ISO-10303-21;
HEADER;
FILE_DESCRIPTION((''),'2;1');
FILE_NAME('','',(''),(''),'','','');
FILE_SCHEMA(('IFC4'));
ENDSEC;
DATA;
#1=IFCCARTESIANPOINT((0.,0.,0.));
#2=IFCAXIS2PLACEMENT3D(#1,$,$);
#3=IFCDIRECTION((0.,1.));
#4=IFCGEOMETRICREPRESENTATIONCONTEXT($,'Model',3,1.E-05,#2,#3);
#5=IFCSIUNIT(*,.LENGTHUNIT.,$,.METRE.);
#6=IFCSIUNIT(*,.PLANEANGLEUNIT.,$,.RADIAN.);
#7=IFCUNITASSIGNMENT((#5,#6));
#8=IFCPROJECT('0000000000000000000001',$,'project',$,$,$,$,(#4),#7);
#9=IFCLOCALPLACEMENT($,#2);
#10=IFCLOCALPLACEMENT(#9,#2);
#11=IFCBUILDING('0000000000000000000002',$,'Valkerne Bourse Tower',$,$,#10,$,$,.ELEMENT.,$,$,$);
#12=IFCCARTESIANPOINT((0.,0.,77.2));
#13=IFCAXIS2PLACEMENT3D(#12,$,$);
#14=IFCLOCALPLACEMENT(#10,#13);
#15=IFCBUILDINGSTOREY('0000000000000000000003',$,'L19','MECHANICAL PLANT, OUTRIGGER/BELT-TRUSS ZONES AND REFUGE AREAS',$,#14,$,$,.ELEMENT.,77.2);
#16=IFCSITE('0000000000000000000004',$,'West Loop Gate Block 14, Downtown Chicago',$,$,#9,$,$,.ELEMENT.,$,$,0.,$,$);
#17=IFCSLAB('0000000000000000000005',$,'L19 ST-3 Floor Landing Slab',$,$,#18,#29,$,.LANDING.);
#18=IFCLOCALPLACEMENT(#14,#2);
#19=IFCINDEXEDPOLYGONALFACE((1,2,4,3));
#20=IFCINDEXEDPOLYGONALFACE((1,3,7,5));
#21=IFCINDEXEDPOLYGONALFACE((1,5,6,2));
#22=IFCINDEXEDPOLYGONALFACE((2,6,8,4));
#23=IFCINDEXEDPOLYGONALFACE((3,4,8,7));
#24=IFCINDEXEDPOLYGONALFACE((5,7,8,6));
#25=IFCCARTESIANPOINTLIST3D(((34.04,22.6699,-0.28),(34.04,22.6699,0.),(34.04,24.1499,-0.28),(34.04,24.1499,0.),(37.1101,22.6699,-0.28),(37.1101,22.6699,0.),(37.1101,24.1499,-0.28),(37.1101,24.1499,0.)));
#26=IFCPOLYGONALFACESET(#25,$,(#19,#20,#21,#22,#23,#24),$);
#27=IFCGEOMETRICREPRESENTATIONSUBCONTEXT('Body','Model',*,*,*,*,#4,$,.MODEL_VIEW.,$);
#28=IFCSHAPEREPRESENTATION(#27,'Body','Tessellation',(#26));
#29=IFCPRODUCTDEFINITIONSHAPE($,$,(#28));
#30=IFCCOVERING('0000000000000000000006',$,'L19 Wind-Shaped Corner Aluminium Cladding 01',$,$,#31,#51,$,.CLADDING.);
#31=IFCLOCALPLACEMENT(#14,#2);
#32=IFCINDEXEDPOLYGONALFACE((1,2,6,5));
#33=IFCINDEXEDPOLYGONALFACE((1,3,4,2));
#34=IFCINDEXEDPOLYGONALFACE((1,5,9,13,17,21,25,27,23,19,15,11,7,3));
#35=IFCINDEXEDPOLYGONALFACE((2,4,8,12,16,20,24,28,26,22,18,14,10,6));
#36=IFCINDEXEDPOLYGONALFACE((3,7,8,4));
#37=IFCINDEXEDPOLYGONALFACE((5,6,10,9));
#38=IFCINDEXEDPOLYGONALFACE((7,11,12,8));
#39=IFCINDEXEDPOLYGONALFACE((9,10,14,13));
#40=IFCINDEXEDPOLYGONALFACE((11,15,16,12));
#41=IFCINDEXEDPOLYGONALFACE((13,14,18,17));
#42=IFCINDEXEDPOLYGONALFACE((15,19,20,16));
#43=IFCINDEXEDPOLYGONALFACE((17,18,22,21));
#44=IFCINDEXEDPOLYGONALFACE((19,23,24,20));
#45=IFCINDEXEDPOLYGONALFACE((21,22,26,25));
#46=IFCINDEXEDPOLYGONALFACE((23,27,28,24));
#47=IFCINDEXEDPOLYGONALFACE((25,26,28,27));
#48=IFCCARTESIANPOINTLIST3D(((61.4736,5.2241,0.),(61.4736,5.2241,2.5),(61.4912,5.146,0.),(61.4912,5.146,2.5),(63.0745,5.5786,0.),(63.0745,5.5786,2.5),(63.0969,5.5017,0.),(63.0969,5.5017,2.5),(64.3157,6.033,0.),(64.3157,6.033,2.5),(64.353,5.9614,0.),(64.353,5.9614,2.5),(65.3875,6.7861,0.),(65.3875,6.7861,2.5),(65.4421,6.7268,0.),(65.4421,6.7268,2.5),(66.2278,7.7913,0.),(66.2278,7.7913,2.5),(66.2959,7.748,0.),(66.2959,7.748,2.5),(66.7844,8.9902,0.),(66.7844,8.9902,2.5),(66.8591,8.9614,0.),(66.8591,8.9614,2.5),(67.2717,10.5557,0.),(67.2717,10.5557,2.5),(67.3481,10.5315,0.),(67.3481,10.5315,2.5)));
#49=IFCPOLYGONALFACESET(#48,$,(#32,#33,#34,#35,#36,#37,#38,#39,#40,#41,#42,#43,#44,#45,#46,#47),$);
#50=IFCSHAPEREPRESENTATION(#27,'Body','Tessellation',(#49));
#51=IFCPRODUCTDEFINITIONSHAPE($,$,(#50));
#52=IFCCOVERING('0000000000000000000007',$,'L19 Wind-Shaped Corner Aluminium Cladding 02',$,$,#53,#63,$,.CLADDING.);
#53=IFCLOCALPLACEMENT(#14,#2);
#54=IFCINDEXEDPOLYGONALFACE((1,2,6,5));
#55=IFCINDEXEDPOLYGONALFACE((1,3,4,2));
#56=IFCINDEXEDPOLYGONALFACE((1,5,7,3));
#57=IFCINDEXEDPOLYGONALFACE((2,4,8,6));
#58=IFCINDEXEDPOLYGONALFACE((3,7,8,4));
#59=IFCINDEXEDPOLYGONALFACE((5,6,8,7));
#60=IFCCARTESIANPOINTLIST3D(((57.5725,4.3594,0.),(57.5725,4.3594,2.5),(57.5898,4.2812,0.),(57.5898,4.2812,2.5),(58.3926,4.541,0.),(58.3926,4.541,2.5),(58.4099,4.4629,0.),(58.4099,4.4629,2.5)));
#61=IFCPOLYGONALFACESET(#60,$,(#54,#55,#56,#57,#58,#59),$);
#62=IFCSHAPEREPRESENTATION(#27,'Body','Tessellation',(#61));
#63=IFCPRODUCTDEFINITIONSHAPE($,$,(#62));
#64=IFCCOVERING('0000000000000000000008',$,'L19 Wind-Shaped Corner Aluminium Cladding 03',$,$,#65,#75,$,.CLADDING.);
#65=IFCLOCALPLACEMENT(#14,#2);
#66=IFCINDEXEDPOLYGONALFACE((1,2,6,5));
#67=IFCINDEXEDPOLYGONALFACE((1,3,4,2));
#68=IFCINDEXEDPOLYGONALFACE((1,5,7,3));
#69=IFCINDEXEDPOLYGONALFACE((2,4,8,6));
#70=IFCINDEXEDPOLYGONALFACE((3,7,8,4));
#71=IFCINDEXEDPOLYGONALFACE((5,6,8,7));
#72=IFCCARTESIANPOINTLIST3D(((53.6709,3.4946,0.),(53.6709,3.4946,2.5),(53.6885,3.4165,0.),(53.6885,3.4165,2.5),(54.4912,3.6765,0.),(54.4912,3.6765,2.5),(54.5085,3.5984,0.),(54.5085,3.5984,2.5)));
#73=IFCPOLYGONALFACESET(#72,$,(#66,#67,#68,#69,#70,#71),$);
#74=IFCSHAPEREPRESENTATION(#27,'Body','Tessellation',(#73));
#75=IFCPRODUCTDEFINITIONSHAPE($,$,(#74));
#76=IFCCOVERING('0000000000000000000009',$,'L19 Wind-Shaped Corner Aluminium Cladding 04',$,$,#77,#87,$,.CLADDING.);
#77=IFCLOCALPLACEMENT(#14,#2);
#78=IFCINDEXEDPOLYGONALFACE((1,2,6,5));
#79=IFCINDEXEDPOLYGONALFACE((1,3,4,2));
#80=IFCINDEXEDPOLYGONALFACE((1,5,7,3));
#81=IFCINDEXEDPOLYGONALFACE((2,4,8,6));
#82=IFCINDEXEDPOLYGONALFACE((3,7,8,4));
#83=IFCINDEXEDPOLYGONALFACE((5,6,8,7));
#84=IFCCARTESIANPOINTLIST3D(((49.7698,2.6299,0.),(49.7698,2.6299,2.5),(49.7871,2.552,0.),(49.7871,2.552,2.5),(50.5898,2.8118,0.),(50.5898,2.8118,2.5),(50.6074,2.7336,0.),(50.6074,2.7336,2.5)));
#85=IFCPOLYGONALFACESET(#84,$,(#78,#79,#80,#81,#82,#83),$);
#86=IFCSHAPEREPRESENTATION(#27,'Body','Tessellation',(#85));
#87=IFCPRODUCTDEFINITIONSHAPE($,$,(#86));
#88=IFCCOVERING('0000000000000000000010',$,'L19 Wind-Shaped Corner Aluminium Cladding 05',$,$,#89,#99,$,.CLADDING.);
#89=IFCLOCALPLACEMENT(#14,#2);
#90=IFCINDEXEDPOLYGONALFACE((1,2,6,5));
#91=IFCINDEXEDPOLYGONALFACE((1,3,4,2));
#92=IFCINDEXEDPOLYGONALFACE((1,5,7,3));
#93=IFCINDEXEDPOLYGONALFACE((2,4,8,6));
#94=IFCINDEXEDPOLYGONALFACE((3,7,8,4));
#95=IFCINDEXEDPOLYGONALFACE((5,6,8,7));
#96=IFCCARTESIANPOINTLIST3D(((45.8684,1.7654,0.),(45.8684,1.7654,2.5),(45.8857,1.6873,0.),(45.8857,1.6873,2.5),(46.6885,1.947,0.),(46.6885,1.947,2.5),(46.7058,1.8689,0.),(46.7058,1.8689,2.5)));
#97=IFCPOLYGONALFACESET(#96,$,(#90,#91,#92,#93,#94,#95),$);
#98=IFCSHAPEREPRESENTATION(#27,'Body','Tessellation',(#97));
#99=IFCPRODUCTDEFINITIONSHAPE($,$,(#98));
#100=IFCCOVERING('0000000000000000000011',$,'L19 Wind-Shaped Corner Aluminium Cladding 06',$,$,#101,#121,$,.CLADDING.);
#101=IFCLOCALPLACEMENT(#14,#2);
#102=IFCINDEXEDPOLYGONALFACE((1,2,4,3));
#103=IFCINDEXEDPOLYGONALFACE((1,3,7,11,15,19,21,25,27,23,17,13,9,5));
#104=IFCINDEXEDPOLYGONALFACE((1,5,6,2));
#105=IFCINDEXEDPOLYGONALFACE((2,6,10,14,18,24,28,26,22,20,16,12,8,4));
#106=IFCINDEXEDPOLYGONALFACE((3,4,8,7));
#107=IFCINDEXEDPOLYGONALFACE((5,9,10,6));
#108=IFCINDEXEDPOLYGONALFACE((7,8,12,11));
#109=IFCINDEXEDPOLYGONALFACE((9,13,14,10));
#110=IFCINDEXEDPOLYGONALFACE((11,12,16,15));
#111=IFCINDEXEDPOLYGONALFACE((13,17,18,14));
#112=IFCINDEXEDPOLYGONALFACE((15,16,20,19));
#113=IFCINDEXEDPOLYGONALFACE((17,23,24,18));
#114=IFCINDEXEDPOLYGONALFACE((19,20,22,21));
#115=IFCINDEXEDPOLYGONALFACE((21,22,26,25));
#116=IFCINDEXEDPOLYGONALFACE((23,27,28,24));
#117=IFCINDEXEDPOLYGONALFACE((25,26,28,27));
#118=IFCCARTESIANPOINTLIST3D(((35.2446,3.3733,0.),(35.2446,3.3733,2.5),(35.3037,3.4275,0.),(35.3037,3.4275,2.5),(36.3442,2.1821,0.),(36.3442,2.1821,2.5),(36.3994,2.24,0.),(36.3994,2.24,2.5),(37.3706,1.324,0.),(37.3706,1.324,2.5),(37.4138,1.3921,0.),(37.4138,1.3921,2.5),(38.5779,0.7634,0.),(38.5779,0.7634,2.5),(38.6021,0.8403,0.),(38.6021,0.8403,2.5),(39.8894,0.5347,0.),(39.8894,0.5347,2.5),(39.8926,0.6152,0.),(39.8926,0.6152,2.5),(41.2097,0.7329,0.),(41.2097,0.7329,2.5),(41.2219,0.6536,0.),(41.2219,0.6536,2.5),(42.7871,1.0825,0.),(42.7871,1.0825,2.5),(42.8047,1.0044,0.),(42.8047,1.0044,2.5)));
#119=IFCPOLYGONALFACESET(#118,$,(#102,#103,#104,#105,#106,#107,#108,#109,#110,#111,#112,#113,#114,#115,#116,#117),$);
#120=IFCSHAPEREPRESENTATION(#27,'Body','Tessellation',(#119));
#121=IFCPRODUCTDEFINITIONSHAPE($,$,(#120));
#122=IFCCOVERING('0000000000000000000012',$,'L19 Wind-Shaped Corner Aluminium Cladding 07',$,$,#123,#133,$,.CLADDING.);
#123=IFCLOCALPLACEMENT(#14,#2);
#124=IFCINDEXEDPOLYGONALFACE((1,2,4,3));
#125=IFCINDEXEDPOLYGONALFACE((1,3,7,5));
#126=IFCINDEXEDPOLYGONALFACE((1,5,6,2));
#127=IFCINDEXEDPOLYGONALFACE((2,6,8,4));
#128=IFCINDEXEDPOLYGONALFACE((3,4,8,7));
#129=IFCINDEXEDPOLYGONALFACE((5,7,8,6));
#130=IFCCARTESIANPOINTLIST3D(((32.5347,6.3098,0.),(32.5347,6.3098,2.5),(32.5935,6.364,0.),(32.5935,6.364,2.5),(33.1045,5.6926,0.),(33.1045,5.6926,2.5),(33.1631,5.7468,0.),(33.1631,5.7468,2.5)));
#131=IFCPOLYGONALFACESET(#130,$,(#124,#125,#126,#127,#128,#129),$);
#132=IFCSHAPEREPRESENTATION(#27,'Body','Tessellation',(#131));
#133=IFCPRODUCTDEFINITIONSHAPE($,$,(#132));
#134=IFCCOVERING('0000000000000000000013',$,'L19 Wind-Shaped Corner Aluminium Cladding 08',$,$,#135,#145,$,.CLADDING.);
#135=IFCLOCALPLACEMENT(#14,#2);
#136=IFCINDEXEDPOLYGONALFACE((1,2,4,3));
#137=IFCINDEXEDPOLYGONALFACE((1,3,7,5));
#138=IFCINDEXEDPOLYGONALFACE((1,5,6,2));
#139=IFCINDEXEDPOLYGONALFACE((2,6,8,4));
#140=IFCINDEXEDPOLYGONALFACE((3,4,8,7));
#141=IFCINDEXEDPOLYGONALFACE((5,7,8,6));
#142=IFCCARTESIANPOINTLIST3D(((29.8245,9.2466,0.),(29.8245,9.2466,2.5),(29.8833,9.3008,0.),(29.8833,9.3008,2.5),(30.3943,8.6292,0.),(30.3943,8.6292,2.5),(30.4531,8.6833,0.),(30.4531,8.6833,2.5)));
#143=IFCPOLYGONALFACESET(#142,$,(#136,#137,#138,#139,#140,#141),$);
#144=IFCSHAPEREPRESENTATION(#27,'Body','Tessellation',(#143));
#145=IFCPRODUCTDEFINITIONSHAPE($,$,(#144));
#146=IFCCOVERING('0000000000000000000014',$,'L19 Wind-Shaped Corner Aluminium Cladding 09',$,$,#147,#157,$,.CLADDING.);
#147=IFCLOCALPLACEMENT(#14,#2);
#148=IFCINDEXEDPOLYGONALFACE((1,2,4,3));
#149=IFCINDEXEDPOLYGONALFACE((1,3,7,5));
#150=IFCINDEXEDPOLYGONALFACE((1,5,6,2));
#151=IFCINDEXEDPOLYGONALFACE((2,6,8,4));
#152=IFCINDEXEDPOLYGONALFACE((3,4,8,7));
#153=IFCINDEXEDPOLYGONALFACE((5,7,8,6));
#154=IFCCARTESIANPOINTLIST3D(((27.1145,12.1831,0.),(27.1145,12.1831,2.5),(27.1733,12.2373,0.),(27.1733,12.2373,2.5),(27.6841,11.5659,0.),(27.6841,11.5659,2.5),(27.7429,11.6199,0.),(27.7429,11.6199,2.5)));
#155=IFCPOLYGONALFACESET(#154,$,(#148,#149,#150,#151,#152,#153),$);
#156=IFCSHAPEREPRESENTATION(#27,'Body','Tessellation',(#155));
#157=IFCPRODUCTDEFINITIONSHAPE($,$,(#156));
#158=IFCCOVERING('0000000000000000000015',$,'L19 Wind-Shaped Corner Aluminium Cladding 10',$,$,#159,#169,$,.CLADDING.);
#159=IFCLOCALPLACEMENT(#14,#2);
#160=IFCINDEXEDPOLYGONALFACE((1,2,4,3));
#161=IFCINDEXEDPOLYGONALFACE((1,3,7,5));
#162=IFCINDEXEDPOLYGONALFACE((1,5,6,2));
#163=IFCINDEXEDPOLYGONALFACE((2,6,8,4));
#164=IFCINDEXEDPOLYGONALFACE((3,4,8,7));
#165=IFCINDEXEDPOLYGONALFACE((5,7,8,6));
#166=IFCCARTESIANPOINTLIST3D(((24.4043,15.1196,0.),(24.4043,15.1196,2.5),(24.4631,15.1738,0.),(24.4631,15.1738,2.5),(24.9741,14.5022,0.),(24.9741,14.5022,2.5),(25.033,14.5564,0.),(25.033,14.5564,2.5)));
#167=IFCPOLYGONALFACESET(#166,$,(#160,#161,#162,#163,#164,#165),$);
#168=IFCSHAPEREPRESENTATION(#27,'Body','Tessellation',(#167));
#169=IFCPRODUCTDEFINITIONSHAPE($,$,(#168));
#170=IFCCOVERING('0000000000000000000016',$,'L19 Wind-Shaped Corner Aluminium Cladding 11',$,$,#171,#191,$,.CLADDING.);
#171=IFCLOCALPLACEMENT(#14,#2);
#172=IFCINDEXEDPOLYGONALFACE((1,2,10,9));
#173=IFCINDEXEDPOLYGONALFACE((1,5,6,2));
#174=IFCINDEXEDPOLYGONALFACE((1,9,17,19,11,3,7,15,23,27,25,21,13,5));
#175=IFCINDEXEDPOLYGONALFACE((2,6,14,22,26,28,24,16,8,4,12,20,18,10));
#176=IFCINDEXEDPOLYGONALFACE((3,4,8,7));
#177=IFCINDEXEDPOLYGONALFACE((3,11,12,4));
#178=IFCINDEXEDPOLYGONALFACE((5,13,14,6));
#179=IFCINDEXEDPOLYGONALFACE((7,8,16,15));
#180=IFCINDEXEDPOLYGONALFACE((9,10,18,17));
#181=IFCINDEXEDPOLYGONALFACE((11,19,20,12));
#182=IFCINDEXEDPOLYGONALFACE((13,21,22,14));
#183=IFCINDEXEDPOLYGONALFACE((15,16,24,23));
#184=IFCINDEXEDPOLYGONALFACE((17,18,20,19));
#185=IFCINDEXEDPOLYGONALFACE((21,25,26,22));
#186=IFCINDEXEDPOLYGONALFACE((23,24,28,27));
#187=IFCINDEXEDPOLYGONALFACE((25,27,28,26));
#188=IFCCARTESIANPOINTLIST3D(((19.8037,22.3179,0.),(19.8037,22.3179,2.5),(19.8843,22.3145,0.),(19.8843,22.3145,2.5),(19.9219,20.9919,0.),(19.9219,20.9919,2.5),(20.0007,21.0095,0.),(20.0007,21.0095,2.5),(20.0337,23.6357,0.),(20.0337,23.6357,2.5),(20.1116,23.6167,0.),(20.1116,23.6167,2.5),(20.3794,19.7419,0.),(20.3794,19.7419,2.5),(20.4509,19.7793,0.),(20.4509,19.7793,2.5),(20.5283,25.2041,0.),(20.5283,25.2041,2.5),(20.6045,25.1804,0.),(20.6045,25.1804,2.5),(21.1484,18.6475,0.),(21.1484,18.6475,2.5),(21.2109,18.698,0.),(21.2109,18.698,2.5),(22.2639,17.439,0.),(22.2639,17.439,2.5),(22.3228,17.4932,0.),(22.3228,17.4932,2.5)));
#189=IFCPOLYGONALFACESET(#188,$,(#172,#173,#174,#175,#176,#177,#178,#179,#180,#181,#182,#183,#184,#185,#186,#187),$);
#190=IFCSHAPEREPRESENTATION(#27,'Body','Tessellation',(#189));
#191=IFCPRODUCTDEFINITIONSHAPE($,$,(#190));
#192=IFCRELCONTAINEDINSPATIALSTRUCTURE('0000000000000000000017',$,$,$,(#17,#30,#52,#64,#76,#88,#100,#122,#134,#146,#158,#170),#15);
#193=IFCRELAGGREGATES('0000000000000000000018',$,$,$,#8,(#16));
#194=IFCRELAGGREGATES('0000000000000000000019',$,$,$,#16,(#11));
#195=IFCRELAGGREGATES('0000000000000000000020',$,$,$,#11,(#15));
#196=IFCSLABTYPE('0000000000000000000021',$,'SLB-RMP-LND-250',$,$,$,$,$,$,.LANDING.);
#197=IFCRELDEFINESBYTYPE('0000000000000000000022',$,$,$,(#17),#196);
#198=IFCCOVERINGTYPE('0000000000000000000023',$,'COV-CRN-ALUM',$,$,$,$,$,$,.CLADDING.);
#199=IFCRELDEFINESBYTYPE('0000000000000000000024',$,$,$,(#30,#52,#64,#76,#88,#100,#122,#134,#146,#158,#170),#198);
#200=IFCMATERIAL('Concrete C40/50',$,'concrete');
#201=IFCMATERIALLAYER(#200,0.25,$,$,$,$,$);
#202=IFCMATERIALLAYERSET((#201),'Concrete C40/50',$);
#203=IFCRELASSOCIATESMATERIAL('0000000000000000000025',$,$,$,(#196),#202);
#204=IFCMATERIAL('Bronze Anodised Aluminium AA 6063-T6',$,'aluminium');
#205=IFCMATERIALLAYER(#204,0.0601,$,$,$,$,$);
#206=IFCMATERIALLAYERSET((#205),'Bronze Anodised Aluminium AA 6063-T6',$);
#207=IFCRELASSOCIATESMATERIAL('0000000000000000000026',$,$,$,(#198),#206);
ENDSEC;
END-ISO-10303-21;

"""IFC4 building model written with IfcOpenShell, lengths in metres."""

from ifc_helpers import new_model, si_unit, direction, frame, origin, place, context, subcontext, project, spatial, polyline, outline, extrude, material, layer, layer_set, type_object, element, save


model = new_model("IFC4")

# Units and contexts
model_context = context("Model", 3, precision=1e-05, world=origin(), true_north=direction((0.0, 1.0)))
body_context = subcontext(model_context, "Body", "Model", "MODEL_VIEW")
ifc_project = project(units=[si_unit("LENGTHUNIT", "METRE"), si_unit("PLANEANGLEUNIT", "RADIAN")], contexts=[model_context])

# Site, building, storey
site_placement = place(None, origin())
site = spatial("IfcSite", under=ifc_project, at=site_placement, Name="West Loop Gate Block 14, Downtown Chicago", CompositionType="ELEMENT", RefElevation=0.0)
building_placement = place(site_placement, origin())
building = spatial("IfcBuilding", under=site, at=building_placement, Name="Valkerne Bourse Tower", CompositionType="ELEMENT")
storey_placement = place(building_placement, frame((0.0, 0.0, 77.2)))
storey = spatial("IfcBuildingStorey", under=building, at=storey_placement, Name="L19", Description="MECHANICAL PLANT, OUTRIGGER/BELT-TRUSS ZONES AND REFUGE AREAS", CompositionType="ELEMENT", Elevation=77.2)

# Slab
ifc_material_1 = material(Name="Concrete C40/50", Category="concrete")
ifc_layer_1 = layer(ifc_material_1, 0.25)
ifc_layer_set_1 = layer_set([ifc_layer_1], Name="Concrete C40/50")
slab_type_1 = type_object("IfcSlabType", Name="SLB-RMP-LND-250", PredefinedType="LANDING", material=ifc_layer_set_1)
slab_1_placement = place(storey_placement, frame((0.0, 0.0, -0.28)))
element("IfcSlab", 1, at=slab_1_placement, inside=storey, type_object=slab_type_1, Name="L19 ST-3 Floor Landing Slab", PredefinedType="LANDING", context=body_context, shape_type="SweptSolid", body=[
    extrude(outline(polyline([(37.1101, 22.6699), (37.1101, 24.1499), (34.04, 24.1499), (34.04, 22.6699), (37.1101, 22.6699)])), origin(), (0.0, 0.0, 1.0), 0.28),
])

# Coverings
ifc_material_2 = material(Name="Bronze Anodised Aluminium AA 6063-T6", Category="aluminium")
ifc_layer_2 = layer(ifc_material_2, 0.0601)
ifc_layer_set_2 = layer_set([ifc_layer_2], Name="Bronze Anodised Aluminium AA 6063-T6")
covering_type = type_object("IfcCoveringType", Name="COV-CRN-ALUM", PredefinedType="CLADDING", material=ifc_layer_set_2)
covering_1_placement = place(storey_placement, origin())
element("IfcCovering", 2, at=covering_1_placement, inside=storey, type_object=covering_type, Name="L19 Wind-Shaped Corner Aluminium Cladding 01", PredefinedType="CLADDING", context=body_context, shape_type="SweptSolid", body=[
    extrude(outline(polyline([(66.2959, 7.748), (65.4421, 6.7268), (64.353, 5.9614), (63.0969, 5.5017), (61.4912, 5.146), (61.4736, 5.2241), (63.0745, 5.5786), (64.3157, 6.033), (65.3875, 6.7861), (66.2278, 7.7913), (66.7844, 8.9902), (67.2717, 10.5557), (67.3481, 10.5315), (66.8591, 8.9614), (66.2959, 7.748)])), origin(), (0.0, 0.0, 1.0), 2.5),
])
covering_2_placement = place(storey_placement, origin())
element("IfcCovering", 3, at=covering_2_placement, inside=storey, type_object=covering_type, Name="L19 Wind-Shaped Corner Aluminium Cladding 02", PredefinedType="CLADDING", context=body_context, shape_type="SweptSolid", body=[
    extrude(outline(polyline([(57.5898, 4.2812), (57.5725, 4.3594), (58.3926, 4.541), (58.4099, 4.4629), (57.5898, 4.2812)])), origin(), (0.0, 0.0, 1.0), 2.5),
])
covering_3_placement = place(storey_placement, origin())
element("IfcCovering", 4, at=covering_3_placement, inside=storey, type_object=covering_type, Name="L19 Wind-Shaped Corner Aluminium Cladding 03", PredefinedType="CLADDING", context=body_context, shape_type="SweptSolid", body=[
    extrude(outline(polyline([(53.6885, 3.4165), (53.6709, 3.4946), (54.4912, 3.6765), (54.5085, 3.5984), (53.6885, 3.4165)])), origin(), (0.0, 0.0, 1.0), 2.5),
])
covering_4_placement = place(storey_placement, origin())
element("IfcCovering", 5, at=covering_4_placement, inside=storey, type_object=covering_type, Name="L19 Wind-Shaped Corner Aluminium Cladding 04", PredefinedType="CLADDING", context=body_context, shape_type="SweptSolid", body=[
    extrude(outline(polyline([(49.7871, 2.552), (49.7698, 2.6299), (50.5898, 2.8118), (50.6074, 2.7336), (49.7871, 2.552)])), origin(), (0.0, 0.0, 1.0), 2.5),
])
covering_5_placement = place(storey_placement, origin())
element("IfcCovering", 6, at=covering_5_placement, inside=storey, type_object=covering_type, Name="L19 Wind-Shaped Corner Aluminium Cladding 05", PredefinedType="CLADDING", context=body_context, shape_type="SweptSolid", body=[
    extrude(outline(polyline([(45.8857, 1.6873), (45.8684, 1.7654), (46.6885, 1.947), (46.7058, 1.8689), (45.8857, 1.6873)])), origin(), (0.0, 0.0, 1.0), 2.5),
])
covering_6_placement = place(storey_placement, origin())
element("IfcCovering", 7, at=covering_6_placement, inside=storey, type_object=covering_type, Name="L19 Wind-Shaped Corner Aluminium Cladding 06", PredefinedType="CLADDING", context=body_context, shape_type="SweptSolid", body=[
    extrude(outline(polyline([(41.2219, 0.6536), (39.8894, 0.5347), (38.5779, 0.7634), (37.3706, 1.324), (36.3442, 2.1821), (35.2446, 3.3733), (35.3037, 3.4275), (36.3994, 2.24), (37.4138, 1.3921), (38.6021, 0.8403), (39.8926, 0.6152), (41.2097, 0.7329), (42.7871, 1.0825), (42.8047, 1.0044), (41.2219, 0.6536)])), origin(), (0.0, 0.0, 1.0), 2.5),
])
covering_7_placement = place(storey_placement, origin())
element("IfcCovering", 8, at=covering_7_placement, inside=storey, type_object=covering_type, Name="L19 Wind-Shaped Corner Aluminium Cladding 07", PredefinedType="CLADDING", context=body_context, shape_type="SweptSolid", body=[
    extrude(outline(polyline([(32.5347, 6.3098), (32.5935, 6.364), (33.1631, 5.7468), (33.1045, 5.6926), (32.5347, 6.3098)])), origin(), (0.0, 0.0, 1.0), 2.5),
])
covering_8_placement = place(storey_placement, origin())
element("IfcCovering", 9, at=covering_8_placement, inside=storey, type_object=covering_type, Name="L19 Wind-Shaped Corner Aluminium Cladding 08", PredefinedType="CLADDING", context=body_context, shape_type="SweptSolid", body=[
    extrude(outline(polyline([(29.8245, 9.2466), (29.8833, 9.3008), (30.4531, 8.6833), (30.3943, 8.6292), (29.8245, 9.2466)])), origin(), (0.0, 0.0, 1.0), 2.5),
])
covering_9_placement = place(storey_placement, origin())
element("IfcCovering", 10, at=covering_9_placement, inside=storey, type_object=covering_type, Name="L19 Wind-Shaped Corner Aluminium Cladding 09", PredefinedType="CLADDING", context=body_context, shape_type="SweptSolid", body=[
    extrude(outline(polyline([(27.1145, 12.1831), (27.1733, 12.2373), (27.7429, 11.6199), (27.6841, 11.5659), (27.1145, 12.1831)])), origin(), (0.0, 0.0, 1.0), 2.5),
])
covering_10_placement = place(storey_placement, origin())
element("IfcCovering", 11, at=covering_10_placement, inside=storey, type_object=covering_type, Name="L19 Wind-Shaped Corner Aluminium Cladding 10", PredefinedType="CLADDING", context=body_context, shape_type="SweptSolid", body=[
    extrude(outline(polyline([(24.4043, 15.1196), (24.4631, 15.1738), (25.033, 14.5564), (24.9741, 14.5022), (24.4043, 15.1196)])), origin(), (0.0, 0.0, 1.0), 2.5),
])
covering_11_placement = place(storey_placement, origin())
element("IfcCovering", 12, at=covering_11_placement, inside=storey, type_object=covering_type, Name="L19 Wind-Shaped Corner Aluminium Cladding 11", PredefinedType="CLADDING", context=body_context, shape_type="SweptSolid", body=[
    extrude(outline(polyline([(21.1484, 18.6475), (20.3794, 19.7419), (19.9219, 20.9919), (19.8037, 22.3179), (20.0337, 23.6357), (20.5283, 25.2041), (20.6045, 25.1804), (20.1116, 23.6167), (19.8843, 22.3145), (20.0007, 21.0095), (20.4509, 19.7793), (21.2109, 18.698), (22.3228, 17.4932), (22.2639, 17.439), (21.1484, 18.6475)])), origin(), (0.0, 0.0, 1.0), 2.5),
])

save(model, "model.ifc")
